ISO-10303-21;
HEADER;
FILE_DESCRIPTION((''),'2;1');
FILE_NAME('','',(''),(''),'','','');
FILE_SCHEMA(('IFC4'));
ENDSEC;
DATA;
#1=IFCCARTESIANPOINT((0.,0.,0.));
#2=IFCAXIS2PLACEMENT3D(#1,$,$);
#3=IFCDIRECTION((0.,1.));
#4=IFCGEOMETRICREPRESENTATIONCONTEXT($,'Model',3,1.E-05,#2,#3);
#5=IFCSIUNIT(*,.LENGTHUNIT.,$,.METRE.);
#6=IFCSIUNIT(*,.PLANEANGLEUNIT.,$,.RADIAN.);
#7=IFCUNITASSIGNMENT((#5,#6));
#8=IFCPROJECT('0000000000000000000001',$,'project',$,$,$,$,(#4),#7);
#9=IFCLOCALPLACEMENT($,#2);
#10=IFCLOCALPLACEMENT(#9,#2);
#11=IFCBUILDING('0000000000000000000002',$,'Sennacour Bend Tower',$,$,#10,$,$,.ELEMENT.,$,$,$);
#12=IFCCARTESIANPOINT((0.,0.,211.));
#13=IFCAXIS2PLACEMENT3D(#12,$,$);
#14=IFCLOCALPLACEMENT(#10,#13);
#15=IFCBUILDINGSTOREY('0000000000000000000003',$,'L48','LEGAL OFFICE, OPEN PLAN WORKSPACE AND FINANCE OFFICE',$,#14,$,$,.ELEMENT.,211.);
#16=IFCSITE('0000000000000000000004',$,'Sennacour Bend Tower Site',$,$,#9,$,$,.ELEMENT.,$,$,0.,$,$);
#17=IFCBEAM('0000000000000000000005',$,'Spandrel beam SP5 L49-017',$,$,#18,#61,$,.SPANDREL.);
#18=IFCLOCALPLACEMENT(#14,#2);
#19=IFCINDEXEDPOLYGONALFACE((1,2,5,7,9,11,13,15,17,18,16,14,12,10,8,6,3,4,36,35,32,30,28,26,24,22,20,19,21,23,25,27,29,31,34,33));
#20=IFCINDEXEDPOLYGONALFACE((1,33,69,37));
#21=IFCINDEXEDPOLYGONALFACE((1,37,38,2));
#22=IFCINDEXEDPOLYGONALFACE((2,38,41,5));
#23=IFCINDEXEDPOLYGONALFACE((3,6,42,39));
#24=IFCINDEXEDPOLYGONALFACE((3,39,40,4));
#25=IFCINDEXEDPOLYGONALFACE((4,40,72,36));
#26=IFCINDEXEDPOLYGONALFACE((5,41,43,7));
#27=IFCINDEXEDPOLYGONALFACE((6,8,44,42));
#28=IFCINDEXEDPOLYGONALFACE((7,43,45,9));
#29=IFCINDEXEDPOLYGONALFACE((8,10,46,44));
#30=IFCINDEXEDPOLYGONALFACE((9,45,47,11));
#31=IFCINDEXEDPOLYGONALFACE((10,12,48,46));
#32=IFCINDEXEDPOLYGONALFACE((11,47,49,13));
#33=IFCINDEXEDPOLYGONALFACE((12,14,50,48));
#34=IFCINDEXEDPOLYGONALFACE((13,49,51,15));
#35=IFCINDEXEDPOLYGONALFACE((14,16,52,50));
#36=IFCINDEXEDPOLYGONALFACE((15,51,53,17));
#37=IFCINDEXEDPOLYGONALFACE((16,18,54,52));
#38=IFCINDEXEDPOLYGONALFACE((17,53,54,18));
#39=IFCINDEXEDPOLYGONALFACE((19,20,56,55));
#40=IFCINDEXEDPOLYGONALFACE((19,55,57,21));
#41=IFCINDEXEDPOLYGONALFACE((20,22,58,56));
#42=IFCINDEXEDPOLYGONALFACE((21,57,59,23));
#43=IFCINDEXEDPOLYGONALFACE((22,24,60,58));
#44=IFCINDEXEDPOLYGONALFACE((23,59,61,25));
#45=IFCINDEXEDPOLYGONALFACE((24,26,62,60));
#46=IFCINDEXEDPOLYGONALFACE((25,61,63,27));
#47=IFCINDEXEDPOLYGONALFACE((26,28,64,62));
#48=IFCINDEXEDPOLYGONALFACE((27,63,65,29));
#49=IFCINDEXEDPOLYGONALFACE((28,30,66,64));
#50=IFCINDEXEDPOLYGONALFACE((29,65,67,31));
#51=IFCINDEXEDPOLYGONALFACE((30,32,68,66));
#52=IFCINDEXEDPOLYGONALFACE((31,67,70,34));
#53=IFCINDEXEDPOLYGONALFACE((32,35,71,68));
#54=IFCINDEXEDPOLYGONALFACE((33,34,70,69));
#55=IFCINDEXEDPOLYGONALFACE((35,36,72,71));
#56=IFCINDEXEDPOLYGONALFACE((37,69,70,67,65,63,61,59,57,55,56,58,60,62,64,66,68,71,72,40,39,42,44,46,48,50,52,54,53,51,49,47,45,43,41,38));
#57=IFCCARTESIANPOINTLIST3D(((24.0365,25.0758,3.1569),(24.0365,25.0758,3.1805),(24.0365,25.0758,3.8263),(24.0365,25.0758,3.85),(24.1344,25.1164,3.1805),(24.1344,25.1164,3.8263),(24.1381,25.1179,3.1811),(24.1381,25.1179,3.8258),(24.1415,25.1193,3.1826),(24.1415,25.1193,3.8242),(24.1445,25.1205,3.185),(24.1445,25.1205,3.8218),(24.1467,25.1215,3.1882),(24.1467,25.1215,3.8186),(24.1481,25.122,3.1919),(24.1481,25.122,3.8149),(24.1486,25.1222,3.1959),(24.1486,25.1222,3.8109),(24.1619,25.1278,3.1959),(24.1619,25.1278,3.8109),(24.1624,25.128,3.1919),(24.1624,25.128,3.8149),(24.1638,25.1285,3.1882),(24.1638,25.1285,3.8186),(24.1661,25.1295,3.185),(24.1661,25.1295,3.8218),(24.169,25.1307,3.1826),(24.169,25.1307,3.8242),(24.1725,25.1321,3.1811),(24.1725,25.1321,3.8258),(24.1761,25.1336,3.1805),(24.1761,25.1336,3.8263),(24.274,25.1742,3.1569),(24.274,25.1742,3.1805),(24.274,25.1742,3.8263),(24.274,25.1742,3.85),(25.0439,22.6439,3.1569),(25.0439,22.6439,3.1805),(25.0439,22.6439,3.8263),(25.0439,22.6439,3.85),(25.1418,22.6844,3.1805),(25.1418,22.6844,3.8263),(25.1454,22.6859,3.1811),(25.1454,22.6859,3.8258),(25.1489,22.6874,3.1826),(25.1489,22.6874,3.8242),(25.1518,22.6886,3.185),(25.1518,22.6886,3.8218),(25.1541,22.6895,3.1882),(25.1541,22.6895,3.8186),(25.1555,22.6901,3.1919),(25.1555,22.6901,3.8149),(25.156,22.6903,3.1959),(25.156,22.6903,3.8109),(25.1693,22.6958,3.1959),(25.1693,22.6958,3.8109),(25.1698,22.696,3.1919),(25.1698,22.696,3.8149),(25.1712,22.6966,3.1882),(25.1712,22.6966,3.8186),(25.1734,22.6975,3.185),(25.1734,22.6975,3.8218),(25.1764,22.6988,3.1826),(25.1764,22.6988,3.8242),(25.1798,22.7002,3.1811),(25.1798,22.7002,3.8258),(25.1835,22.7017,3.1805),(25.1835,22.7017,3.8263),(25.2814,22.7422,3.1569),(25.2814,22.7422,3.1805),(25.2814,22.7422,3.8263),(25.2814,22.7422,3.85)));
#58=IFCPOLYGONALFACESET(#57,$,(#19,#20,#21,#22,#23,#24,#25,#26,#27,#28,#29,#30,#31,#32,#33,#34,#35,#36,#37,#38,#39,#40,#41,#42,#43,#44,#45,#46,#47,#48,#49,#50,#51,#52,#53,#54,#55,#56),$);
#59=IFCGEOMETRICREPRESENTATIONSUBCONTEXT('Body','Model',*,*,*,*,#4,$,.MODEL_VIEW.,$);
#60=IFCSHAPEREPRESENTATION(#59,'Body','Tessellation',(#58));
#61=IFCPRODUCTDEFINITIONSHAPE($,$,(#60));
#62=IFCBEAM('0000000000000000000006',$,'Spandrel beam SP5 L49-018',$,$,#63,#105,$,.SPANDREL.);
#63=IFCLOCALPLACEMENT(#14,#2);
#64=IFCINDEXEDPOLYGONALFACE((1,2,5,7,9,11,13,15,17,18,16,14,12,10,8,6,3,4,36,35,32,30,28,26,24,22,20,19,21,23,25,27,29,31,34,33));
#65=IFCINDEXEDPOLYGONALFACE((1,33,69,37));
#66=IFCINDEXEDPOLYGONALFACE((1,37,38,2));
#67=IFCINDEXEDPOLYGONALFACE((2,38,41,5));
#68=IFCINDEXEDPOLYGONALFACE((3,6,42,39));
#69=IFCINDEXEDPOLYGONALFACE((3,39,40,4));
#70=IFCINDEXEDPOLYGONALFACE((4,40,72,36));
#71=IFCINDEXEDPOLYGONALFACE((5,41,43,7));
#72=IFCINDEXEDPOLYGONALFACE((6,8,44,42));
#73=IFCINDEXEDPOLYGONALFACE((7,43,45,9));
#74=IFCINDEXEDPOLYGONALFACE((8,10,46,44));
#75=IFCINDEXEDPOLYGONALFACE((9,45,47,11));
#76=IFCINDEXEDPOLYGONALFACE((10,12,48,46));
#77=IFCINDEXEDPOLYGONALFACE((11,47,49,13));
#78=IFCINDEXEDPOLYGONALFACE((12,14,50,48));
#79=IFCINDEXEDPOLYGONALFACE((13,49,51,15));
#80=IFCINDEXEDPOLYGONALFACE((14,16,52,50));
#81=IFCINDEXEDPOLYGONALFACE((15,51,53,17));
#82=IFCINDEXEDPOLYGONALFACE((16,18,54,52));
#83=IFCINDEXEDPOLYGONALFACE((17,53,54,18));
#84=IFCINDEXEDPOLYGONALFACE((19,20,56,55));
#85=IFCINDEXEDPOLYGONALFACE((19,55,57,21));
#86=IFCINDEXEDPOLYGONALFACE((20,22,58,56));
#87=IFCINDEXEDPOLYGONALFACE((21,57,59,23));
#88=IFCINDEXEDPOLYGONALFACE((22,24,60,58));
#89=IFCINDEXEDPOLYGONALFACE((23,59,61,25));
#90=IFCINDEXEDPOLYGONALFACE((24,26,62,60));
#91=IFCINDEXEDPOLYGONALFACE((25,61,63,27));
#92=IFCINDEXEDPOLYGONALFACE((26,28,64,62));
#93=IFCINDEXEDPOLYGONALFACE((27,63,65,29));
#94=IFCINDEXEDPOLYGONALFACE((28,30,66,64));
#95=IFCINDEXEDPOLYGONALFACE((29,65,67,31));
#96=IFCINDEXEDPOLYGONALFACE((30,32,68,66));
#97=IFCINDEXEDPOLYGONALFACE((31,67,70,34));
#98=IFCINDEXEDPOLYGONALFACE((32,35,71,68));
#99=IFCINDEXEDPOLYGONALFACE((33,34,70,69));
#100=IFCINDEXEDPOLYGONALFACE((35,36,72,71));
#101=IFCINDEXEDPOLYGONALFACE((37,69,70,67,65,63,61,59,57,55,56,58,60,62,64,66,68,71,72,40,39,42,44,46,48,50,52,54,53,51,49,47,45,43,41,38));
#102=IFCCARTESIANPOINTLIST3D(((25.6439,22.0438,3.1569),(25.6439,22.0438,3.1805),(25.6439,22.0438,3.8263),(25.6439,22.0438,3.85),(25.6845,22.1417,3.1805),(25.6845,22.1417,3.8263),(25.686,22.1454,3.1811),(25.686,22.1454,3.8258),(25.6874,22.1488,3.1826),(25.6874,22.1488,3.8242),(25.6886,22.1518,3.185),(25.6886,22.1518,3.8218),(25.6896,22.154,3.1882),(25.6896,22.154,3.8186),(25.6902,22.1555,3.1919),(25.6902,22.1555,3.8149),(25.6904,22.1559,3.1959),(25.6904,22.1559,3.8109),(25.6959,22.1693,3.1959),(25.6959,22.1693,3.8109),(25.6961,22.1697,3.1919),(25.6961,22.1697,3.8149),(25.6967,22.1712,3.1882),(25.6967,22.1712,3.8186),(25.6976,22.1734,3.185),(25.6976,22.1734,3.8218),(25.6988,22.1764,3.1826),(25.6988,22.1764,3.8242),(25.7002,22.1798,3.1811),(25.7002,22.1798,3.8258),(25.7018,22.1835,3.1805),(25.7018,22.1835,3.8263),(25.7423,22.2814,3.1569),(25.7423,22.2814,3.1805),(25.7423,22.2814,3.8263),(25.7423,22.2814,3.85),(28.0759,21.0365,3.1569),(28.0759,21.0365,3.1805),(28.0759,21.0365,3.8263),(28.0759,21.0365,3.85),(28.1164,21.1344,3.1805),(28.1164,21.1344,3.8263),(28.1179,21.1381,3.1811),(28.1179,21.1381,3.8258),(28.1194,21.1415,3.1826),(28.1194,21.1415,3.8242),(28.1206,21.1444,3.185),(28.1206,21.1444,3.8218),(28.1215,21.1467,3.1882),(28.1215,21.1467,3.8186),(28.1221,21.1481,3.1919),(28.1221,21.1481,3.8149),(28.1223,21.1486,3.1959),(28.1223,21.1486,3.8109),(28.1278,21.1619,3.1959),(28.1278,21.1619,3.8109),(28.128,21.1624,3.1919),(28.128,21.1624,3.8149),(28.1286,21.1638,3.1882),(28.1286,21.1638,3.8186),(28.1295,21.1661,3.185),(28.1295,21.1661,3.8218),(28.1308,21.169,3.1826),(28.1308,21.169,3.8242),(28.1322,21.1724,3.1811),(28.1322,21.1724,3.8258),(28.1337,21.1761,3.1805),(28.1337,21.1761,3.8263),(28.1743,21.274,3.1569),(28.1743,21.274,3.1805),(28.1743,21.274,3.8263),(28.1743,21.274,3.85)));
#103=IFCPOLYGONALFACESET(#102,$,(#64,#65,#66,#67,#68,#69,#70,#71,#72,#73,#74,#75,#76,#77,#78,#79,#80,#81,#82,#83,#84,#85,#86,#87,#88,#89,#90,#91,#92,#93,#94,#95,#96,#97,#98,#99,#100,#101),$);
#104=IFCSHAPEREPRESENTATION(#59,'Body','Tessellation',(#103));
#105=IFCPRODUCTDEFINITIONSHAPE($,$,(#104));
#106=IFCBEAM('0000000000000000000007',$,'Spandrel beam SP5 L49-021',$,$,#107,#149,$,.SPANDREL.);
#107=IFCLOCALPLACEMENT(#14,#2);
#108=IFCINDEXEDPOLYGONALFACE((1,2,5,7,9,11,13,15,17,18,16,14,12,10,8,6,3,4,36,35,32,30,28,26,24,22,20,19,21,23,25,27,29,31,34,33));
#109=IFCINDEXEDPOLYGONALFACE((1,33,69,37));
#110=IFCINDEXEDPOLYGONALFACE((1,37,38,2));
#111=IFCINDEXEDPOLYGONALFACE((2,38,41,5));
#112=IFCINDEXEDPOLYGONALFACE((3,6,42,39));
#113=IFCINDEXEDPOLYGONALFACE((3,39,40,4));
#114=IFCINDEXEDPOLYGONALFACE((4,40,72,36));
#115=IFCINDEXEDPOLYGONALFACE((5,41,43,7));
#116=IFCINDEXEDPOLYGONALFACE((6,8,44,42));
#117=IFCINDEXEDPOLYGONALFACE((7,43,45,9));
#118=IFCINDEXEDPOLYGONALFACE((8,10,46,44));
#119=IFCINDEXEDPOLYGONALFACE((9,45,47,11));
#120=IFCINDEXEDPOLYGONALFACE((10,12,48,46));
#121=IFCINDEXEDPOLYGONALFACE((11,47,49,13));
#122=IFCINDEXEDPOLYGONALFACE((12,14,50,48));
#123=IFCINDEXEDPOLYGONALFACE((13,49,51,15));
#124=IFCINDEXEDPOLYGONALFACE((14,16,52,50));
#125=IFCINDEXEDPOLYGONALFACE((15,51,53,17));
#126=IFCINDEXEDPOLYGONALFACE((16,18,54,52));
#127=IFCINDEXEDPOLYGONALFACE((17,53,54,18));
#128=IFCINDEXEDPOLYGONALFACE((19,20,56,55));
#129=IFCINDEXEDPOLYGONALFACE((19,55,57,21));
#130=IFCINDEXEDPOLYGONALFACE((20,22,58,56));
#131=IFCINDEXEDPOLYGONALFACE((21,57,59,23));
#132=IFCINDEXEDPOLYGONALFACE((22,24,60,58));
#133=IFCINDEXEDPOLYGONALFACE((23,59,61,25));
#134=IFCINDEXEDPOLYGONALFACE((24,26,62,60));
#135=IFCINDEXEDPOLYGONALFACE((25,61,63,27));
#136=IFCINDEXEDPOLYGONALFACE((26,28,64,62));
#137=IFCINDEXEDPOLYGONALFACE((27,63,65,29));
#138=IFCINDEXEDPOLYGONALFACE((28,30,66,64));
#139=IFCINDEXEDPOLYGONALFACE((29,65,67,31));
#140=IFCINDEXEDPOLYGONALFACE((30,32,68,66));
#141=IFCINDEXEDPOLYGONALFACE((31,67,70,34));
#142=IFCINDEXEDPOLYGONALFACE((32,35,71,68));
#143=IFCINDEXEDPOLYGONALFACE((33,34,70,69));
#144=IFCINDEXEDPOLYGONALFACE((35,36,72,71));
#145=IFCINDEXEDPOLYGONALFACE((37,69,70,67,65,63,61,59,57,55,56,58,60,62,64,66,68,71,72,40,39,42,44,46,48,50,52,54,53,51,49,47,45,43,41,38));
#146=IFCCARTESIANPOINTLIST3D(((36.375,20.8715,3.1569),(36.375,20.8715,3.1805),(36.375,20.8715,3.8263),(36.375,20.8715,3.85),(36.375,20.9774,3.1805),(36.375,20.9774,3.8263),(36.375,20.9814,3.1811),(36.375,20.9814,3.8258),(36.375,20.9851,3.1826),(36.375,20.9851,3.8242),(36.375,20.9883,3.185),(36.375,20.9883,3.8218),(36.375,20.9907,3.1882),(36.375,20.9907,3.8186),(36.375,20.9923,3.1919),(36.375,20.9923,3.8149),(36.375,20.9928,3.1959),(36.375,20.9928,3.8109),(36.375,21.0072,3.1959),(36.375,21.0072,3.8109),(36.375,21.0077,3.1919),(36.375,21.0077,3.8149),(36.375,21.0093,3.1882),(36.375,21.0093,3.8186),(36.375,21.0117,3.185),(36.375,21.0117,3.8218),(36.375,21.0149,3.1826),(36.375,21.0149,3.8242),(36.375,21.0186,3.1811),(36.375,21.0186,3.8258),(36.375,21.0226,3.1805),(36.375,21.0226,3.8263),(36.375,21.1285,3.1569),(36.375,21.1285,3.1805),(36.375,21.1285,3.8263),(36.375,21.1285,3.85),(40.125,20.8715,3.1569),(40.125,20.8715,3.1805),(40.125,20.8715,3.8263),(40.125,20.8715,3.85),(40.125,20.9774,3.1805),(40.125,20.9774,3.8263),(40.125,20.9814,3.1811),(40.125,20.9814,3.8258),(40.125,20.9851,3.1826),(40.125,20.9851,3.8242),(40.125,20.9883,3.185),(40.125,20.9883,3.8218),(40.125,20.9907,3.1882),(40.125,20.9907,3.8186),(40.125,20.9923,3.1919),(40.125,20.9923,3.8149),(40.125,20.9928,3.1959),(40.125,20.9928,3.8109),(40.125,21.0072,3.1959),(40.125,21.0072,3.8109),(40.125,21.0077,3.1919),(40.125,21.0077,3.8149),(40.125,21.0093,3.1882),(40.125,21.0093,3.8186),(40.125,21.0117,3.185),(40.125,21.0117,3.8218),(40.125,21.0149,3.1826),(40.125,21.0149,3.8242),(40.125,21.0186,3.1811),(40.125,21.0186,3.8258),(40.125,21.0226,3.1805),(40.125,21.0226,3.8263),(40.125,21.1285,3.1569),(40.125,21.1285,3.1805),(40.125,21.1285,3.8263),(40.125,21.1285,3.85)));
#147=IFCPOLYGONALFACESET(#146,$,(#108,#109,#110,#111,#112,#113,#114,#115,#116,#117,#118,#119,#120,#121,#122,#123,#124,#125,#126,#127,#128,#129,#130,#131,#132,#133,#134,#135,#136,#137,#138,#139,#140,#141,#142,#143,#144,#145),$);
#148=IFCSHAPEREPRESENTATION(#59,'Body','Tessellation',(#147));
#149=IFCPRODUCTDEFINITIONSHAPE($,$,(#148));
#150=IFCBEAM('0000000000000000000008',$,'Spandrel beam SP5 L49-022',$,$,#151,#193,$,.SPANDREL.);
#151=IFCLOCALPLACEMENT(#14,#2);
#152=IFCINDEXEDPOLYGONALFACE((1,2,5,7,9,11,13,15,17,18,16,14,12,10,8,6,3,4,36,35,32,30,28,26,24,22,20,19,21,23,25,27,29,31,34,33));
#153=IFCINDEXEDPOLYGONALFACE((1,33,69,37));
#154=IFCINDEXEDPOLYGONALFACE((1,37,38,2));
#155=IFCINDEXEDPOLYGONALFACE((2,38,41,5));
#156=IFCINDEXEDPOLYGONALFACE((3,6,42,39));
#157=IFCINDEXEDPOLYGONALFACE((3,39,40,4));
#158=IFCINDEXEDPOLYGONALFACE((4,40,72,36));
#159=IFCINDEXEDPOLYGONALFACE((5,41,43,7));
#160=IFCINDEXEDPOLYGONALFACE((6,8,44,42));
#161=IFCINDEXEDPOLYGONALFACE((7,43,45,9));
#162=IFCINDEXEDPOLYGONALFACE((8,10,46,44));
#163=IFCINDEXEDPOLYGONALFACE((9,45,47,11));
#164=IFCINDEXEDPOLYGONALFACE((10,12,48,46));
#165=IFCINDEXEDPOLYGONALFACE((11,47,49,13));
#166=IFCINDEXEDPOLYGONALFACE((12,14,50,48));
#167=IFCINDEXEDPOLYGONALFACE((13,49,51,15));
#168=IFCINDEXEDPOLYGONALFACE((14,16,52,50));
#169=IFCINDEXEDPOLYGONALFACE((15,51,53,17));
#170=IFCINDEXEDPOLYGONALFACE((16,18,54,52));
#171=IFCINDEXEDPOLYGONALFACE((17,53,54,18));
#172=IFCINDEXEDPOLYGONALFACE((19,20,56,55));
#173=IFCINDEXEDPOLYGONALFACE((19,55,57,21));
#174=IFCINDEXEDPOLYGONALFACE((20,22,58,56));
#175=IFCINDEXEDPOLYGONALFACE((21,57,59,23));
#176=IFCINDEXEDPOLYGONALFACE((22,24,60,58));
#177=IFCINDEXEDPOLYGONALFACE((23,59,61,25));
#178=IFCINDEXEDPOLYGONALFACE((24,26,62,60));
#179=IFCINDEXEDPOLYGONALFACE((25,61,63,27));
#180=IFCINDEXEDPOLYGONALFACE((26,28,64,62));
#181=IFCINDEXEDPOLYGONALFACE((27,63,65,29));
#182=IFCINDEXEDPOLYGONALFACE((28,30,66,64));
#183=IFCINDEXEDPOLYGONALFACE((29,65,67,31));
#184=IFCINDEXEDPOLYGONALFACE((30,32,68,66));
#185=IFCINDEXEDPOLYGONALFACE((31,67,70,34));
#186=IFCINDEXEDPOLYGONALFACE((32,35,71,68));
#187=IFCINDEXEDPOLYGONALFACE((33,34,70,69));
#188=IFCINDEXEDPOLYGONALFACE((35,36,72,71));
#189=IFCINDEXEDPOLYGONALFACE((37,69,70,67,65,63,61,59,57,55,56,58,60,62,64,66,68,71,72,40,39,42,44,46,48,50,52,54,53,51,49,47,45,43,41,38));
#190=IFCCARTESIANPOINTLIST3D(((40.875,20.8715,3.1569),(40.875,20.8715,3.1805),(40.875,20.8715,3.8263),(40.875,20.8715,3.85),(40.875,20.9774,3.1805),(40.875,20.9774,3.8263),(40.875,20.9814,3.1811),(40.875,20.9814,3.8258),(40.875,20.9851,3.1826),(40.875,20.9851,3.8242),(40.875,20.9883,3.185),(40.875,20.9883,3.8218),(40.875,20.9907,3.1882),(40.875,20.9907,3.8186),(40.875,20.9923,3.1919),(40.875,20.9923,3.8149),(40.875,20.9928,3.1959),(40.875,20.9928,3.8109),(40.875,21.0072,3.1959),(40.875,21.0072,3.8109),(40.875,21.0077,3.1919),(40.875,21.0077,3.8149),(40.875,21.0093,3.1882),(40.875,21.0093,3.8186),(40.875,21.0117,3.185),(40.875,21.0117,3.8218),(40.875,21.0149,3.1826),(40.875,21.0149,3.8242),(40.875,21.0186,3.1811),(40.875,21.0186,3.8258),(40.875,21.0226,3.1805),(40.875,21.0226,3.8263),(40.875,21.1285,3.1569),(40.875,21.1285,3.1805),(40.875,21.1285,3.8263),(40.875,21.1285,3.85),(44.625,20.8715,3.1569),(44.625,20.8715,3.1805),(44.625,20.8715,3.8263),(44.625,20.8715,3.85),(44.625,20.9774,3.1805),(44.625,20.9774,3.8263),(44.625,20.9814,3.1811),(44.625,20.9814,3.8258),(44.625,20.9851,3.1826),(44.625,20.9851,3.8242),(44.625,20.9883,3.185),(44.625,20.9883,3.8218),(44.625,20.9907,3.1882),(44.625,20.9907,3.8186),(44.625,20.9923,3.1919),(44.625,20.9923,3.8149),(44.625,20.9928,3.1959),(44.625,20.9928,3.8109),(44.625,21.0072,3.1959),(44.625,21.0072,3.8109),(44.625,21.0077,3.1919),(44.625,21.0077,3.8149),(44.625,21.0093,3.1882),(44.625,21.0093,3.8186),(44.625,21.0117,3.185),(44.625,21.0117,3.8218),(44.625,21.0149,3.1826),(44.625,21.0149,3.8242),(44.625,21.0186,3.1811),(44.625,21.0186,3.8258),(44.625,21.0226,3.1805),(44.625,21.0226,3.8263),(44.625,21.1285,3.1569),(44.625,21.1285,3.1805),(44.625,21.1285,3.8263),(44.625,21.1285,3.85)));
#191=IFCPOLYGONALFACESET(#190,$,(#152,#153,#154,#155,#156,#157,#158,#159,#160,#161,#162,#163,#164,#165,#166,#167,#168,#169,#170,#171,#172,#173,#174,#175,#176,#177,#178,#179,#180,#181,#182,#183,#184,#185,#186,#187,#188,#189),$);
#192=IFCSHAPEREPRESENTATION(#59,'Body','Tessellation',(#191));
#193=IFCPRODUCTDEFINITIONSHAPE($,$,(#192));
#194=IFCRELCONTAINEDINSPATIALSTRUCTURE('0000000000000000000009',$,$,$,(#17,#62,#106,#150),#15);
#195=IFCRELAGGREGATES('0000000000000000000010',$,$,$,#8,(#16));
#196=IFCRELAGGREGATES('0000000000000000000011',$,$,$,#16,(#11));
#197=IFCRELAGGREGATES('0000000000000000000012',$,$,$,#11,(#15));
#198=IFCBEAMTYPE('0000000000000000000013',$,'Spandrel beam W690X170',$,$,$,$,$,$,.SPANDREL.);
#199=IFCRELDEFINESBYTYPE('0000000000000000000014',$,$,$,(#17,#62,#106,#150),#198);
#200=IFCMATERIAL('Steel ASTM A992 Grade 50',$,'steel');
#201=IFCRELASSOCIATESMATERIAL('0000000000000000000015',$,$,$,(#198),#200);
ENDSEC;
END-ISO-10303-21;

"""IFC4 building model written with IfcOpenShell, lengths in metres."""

from ifc_helpers import new_model, si_unit, direction, frame, origin, origin_2d, place, context, subcontext, project, spatial, i_section, extrude, material, material_profile, profile_set, type_object, element, save


model = new_model("IFC4")

# Units and contexts
model_context = context("Model", 3, precision=1e-05, world=origin(), true_north=direction((0.0, 1.0)))
body_context = subcontext(model_context, "Body", "Model", "MODEL_VIEW")
ifc_project = project(units=[si_unit("LENGTHUNIT", "METRE"), si_unit("PLANEANGLEUNIT", "RADIAN")], contexts=[model_context])

# Site, building, storey
site_placement = place(None, origin())
site = spatial("IfcSite", under=ifc_project, at=site_placement, Name="Sennacour Bend Tower Site", CompositionType="ELEMENT", RefElevation=0.0)
building_placement = place(site_placement, origin())
building = spatial("IfcBuilding", under=site, at=building_placement, Name="Sennacour Bend Tower", CompositionType="ELEMENT")
storey_placement = place(building_placement, frame((0.0, 0.0, 211.0)))
storey = spatial("IfcBuildingStorey", under=building, at=storey_placement, Name="L48", Description="LEGAL OFFICE, OPEN PLAN WORKSPACE AND FINANCE OFFICE", CompositionType="ELEMENT", Elevation=211.0)

# Beams
ifc_material_1 = material(Name="Steel ASTM A992 Grade 50", Category="steel")
ifc_material_profile_1 = material_profile(ifc_material_1, i_section(OverallWidth=0.2571, OverallDepth=0.6931, WebThickness=0.0144, FlangeThickness=0.0237, FilletRadius=0.0154, at=origin_2d()), Name="Steel ASTM A992 Grade 50", Category="steel")
ifc_profile_set_1 = profile_set([ifc_material_profile_1], Name="Steel ASTM A992 Grade 50")
beam_type = type_object("IfcBeamType", Name="Spandrel beam W690X170", PredefinedType="SPANDREL", material=ifc_profile_set_1)
for number, where, z_axis, x_axis, name in (
    (1, (24.1553, 25.125, 3.5034), (0.382685, -0.923879, 0.0), (0.923879, 0.382685, 0.0), "Spandrel beam SP5 L49-017"),
    (2, (25.6931, 22.1626, 3.5034), (0.923879, -0.382685, 0.0), (0.382685, 0.923879, 0.0), "Spandrel beam SP5 L49-018"),
):
    element("IfcBeam", number, at=place(storey_placement, frame(where, z_axis=z_axis, x_axis=x_axis)), inside=storey, type_object=beam_type, Name=name, PredefinedType="SPANDREL", context=body_context, shape_type="SweptSolid", body=[
        extrude(i_section(OverallWidth=0.2571, OverallDepth=0.6931, WebThickness=0.0144, FlangeThickness=0.0237, FilletRadius=0.0154, at=origin_2d()), origin(), (0.0, 0.0, 1.0), 2.6323),
    ])
for number, where, z_axis, x_axis, name in (
    (3, (36.375, 21.0, 3.5034), (1.0, 0.0, 0.0), (0.0, 1.0, 0.0), "Spandrel beam SP5 L49-021"),
    (4, (40.875, 21.0, 3.5034), (1.0, 0.0, 0.0), (0.0, 1.0, 0.0), "Spandrel beam SP5 L49-022"),
):
    element("IfcBeam", number, at=place(storey_placement, frame(where, z_axis=z_axis, x_axis=x_axis)), inside=storey, type_object=beam_type, Name=name, PredefinedType="SPANDREL", context=body_context, shape_type="SweptSolid", body=[
        extrude(i_section(OverallWidth=0.2571, OverallDepth=0.6931, WebThickness=0.0144, FlangeThickness=0.0237, FilletRadius=0.0154, at=origin_2d()), origin(), (0.0, 0.0, 1.0), 3.75),
    ])

save(model, "model.ifc")
